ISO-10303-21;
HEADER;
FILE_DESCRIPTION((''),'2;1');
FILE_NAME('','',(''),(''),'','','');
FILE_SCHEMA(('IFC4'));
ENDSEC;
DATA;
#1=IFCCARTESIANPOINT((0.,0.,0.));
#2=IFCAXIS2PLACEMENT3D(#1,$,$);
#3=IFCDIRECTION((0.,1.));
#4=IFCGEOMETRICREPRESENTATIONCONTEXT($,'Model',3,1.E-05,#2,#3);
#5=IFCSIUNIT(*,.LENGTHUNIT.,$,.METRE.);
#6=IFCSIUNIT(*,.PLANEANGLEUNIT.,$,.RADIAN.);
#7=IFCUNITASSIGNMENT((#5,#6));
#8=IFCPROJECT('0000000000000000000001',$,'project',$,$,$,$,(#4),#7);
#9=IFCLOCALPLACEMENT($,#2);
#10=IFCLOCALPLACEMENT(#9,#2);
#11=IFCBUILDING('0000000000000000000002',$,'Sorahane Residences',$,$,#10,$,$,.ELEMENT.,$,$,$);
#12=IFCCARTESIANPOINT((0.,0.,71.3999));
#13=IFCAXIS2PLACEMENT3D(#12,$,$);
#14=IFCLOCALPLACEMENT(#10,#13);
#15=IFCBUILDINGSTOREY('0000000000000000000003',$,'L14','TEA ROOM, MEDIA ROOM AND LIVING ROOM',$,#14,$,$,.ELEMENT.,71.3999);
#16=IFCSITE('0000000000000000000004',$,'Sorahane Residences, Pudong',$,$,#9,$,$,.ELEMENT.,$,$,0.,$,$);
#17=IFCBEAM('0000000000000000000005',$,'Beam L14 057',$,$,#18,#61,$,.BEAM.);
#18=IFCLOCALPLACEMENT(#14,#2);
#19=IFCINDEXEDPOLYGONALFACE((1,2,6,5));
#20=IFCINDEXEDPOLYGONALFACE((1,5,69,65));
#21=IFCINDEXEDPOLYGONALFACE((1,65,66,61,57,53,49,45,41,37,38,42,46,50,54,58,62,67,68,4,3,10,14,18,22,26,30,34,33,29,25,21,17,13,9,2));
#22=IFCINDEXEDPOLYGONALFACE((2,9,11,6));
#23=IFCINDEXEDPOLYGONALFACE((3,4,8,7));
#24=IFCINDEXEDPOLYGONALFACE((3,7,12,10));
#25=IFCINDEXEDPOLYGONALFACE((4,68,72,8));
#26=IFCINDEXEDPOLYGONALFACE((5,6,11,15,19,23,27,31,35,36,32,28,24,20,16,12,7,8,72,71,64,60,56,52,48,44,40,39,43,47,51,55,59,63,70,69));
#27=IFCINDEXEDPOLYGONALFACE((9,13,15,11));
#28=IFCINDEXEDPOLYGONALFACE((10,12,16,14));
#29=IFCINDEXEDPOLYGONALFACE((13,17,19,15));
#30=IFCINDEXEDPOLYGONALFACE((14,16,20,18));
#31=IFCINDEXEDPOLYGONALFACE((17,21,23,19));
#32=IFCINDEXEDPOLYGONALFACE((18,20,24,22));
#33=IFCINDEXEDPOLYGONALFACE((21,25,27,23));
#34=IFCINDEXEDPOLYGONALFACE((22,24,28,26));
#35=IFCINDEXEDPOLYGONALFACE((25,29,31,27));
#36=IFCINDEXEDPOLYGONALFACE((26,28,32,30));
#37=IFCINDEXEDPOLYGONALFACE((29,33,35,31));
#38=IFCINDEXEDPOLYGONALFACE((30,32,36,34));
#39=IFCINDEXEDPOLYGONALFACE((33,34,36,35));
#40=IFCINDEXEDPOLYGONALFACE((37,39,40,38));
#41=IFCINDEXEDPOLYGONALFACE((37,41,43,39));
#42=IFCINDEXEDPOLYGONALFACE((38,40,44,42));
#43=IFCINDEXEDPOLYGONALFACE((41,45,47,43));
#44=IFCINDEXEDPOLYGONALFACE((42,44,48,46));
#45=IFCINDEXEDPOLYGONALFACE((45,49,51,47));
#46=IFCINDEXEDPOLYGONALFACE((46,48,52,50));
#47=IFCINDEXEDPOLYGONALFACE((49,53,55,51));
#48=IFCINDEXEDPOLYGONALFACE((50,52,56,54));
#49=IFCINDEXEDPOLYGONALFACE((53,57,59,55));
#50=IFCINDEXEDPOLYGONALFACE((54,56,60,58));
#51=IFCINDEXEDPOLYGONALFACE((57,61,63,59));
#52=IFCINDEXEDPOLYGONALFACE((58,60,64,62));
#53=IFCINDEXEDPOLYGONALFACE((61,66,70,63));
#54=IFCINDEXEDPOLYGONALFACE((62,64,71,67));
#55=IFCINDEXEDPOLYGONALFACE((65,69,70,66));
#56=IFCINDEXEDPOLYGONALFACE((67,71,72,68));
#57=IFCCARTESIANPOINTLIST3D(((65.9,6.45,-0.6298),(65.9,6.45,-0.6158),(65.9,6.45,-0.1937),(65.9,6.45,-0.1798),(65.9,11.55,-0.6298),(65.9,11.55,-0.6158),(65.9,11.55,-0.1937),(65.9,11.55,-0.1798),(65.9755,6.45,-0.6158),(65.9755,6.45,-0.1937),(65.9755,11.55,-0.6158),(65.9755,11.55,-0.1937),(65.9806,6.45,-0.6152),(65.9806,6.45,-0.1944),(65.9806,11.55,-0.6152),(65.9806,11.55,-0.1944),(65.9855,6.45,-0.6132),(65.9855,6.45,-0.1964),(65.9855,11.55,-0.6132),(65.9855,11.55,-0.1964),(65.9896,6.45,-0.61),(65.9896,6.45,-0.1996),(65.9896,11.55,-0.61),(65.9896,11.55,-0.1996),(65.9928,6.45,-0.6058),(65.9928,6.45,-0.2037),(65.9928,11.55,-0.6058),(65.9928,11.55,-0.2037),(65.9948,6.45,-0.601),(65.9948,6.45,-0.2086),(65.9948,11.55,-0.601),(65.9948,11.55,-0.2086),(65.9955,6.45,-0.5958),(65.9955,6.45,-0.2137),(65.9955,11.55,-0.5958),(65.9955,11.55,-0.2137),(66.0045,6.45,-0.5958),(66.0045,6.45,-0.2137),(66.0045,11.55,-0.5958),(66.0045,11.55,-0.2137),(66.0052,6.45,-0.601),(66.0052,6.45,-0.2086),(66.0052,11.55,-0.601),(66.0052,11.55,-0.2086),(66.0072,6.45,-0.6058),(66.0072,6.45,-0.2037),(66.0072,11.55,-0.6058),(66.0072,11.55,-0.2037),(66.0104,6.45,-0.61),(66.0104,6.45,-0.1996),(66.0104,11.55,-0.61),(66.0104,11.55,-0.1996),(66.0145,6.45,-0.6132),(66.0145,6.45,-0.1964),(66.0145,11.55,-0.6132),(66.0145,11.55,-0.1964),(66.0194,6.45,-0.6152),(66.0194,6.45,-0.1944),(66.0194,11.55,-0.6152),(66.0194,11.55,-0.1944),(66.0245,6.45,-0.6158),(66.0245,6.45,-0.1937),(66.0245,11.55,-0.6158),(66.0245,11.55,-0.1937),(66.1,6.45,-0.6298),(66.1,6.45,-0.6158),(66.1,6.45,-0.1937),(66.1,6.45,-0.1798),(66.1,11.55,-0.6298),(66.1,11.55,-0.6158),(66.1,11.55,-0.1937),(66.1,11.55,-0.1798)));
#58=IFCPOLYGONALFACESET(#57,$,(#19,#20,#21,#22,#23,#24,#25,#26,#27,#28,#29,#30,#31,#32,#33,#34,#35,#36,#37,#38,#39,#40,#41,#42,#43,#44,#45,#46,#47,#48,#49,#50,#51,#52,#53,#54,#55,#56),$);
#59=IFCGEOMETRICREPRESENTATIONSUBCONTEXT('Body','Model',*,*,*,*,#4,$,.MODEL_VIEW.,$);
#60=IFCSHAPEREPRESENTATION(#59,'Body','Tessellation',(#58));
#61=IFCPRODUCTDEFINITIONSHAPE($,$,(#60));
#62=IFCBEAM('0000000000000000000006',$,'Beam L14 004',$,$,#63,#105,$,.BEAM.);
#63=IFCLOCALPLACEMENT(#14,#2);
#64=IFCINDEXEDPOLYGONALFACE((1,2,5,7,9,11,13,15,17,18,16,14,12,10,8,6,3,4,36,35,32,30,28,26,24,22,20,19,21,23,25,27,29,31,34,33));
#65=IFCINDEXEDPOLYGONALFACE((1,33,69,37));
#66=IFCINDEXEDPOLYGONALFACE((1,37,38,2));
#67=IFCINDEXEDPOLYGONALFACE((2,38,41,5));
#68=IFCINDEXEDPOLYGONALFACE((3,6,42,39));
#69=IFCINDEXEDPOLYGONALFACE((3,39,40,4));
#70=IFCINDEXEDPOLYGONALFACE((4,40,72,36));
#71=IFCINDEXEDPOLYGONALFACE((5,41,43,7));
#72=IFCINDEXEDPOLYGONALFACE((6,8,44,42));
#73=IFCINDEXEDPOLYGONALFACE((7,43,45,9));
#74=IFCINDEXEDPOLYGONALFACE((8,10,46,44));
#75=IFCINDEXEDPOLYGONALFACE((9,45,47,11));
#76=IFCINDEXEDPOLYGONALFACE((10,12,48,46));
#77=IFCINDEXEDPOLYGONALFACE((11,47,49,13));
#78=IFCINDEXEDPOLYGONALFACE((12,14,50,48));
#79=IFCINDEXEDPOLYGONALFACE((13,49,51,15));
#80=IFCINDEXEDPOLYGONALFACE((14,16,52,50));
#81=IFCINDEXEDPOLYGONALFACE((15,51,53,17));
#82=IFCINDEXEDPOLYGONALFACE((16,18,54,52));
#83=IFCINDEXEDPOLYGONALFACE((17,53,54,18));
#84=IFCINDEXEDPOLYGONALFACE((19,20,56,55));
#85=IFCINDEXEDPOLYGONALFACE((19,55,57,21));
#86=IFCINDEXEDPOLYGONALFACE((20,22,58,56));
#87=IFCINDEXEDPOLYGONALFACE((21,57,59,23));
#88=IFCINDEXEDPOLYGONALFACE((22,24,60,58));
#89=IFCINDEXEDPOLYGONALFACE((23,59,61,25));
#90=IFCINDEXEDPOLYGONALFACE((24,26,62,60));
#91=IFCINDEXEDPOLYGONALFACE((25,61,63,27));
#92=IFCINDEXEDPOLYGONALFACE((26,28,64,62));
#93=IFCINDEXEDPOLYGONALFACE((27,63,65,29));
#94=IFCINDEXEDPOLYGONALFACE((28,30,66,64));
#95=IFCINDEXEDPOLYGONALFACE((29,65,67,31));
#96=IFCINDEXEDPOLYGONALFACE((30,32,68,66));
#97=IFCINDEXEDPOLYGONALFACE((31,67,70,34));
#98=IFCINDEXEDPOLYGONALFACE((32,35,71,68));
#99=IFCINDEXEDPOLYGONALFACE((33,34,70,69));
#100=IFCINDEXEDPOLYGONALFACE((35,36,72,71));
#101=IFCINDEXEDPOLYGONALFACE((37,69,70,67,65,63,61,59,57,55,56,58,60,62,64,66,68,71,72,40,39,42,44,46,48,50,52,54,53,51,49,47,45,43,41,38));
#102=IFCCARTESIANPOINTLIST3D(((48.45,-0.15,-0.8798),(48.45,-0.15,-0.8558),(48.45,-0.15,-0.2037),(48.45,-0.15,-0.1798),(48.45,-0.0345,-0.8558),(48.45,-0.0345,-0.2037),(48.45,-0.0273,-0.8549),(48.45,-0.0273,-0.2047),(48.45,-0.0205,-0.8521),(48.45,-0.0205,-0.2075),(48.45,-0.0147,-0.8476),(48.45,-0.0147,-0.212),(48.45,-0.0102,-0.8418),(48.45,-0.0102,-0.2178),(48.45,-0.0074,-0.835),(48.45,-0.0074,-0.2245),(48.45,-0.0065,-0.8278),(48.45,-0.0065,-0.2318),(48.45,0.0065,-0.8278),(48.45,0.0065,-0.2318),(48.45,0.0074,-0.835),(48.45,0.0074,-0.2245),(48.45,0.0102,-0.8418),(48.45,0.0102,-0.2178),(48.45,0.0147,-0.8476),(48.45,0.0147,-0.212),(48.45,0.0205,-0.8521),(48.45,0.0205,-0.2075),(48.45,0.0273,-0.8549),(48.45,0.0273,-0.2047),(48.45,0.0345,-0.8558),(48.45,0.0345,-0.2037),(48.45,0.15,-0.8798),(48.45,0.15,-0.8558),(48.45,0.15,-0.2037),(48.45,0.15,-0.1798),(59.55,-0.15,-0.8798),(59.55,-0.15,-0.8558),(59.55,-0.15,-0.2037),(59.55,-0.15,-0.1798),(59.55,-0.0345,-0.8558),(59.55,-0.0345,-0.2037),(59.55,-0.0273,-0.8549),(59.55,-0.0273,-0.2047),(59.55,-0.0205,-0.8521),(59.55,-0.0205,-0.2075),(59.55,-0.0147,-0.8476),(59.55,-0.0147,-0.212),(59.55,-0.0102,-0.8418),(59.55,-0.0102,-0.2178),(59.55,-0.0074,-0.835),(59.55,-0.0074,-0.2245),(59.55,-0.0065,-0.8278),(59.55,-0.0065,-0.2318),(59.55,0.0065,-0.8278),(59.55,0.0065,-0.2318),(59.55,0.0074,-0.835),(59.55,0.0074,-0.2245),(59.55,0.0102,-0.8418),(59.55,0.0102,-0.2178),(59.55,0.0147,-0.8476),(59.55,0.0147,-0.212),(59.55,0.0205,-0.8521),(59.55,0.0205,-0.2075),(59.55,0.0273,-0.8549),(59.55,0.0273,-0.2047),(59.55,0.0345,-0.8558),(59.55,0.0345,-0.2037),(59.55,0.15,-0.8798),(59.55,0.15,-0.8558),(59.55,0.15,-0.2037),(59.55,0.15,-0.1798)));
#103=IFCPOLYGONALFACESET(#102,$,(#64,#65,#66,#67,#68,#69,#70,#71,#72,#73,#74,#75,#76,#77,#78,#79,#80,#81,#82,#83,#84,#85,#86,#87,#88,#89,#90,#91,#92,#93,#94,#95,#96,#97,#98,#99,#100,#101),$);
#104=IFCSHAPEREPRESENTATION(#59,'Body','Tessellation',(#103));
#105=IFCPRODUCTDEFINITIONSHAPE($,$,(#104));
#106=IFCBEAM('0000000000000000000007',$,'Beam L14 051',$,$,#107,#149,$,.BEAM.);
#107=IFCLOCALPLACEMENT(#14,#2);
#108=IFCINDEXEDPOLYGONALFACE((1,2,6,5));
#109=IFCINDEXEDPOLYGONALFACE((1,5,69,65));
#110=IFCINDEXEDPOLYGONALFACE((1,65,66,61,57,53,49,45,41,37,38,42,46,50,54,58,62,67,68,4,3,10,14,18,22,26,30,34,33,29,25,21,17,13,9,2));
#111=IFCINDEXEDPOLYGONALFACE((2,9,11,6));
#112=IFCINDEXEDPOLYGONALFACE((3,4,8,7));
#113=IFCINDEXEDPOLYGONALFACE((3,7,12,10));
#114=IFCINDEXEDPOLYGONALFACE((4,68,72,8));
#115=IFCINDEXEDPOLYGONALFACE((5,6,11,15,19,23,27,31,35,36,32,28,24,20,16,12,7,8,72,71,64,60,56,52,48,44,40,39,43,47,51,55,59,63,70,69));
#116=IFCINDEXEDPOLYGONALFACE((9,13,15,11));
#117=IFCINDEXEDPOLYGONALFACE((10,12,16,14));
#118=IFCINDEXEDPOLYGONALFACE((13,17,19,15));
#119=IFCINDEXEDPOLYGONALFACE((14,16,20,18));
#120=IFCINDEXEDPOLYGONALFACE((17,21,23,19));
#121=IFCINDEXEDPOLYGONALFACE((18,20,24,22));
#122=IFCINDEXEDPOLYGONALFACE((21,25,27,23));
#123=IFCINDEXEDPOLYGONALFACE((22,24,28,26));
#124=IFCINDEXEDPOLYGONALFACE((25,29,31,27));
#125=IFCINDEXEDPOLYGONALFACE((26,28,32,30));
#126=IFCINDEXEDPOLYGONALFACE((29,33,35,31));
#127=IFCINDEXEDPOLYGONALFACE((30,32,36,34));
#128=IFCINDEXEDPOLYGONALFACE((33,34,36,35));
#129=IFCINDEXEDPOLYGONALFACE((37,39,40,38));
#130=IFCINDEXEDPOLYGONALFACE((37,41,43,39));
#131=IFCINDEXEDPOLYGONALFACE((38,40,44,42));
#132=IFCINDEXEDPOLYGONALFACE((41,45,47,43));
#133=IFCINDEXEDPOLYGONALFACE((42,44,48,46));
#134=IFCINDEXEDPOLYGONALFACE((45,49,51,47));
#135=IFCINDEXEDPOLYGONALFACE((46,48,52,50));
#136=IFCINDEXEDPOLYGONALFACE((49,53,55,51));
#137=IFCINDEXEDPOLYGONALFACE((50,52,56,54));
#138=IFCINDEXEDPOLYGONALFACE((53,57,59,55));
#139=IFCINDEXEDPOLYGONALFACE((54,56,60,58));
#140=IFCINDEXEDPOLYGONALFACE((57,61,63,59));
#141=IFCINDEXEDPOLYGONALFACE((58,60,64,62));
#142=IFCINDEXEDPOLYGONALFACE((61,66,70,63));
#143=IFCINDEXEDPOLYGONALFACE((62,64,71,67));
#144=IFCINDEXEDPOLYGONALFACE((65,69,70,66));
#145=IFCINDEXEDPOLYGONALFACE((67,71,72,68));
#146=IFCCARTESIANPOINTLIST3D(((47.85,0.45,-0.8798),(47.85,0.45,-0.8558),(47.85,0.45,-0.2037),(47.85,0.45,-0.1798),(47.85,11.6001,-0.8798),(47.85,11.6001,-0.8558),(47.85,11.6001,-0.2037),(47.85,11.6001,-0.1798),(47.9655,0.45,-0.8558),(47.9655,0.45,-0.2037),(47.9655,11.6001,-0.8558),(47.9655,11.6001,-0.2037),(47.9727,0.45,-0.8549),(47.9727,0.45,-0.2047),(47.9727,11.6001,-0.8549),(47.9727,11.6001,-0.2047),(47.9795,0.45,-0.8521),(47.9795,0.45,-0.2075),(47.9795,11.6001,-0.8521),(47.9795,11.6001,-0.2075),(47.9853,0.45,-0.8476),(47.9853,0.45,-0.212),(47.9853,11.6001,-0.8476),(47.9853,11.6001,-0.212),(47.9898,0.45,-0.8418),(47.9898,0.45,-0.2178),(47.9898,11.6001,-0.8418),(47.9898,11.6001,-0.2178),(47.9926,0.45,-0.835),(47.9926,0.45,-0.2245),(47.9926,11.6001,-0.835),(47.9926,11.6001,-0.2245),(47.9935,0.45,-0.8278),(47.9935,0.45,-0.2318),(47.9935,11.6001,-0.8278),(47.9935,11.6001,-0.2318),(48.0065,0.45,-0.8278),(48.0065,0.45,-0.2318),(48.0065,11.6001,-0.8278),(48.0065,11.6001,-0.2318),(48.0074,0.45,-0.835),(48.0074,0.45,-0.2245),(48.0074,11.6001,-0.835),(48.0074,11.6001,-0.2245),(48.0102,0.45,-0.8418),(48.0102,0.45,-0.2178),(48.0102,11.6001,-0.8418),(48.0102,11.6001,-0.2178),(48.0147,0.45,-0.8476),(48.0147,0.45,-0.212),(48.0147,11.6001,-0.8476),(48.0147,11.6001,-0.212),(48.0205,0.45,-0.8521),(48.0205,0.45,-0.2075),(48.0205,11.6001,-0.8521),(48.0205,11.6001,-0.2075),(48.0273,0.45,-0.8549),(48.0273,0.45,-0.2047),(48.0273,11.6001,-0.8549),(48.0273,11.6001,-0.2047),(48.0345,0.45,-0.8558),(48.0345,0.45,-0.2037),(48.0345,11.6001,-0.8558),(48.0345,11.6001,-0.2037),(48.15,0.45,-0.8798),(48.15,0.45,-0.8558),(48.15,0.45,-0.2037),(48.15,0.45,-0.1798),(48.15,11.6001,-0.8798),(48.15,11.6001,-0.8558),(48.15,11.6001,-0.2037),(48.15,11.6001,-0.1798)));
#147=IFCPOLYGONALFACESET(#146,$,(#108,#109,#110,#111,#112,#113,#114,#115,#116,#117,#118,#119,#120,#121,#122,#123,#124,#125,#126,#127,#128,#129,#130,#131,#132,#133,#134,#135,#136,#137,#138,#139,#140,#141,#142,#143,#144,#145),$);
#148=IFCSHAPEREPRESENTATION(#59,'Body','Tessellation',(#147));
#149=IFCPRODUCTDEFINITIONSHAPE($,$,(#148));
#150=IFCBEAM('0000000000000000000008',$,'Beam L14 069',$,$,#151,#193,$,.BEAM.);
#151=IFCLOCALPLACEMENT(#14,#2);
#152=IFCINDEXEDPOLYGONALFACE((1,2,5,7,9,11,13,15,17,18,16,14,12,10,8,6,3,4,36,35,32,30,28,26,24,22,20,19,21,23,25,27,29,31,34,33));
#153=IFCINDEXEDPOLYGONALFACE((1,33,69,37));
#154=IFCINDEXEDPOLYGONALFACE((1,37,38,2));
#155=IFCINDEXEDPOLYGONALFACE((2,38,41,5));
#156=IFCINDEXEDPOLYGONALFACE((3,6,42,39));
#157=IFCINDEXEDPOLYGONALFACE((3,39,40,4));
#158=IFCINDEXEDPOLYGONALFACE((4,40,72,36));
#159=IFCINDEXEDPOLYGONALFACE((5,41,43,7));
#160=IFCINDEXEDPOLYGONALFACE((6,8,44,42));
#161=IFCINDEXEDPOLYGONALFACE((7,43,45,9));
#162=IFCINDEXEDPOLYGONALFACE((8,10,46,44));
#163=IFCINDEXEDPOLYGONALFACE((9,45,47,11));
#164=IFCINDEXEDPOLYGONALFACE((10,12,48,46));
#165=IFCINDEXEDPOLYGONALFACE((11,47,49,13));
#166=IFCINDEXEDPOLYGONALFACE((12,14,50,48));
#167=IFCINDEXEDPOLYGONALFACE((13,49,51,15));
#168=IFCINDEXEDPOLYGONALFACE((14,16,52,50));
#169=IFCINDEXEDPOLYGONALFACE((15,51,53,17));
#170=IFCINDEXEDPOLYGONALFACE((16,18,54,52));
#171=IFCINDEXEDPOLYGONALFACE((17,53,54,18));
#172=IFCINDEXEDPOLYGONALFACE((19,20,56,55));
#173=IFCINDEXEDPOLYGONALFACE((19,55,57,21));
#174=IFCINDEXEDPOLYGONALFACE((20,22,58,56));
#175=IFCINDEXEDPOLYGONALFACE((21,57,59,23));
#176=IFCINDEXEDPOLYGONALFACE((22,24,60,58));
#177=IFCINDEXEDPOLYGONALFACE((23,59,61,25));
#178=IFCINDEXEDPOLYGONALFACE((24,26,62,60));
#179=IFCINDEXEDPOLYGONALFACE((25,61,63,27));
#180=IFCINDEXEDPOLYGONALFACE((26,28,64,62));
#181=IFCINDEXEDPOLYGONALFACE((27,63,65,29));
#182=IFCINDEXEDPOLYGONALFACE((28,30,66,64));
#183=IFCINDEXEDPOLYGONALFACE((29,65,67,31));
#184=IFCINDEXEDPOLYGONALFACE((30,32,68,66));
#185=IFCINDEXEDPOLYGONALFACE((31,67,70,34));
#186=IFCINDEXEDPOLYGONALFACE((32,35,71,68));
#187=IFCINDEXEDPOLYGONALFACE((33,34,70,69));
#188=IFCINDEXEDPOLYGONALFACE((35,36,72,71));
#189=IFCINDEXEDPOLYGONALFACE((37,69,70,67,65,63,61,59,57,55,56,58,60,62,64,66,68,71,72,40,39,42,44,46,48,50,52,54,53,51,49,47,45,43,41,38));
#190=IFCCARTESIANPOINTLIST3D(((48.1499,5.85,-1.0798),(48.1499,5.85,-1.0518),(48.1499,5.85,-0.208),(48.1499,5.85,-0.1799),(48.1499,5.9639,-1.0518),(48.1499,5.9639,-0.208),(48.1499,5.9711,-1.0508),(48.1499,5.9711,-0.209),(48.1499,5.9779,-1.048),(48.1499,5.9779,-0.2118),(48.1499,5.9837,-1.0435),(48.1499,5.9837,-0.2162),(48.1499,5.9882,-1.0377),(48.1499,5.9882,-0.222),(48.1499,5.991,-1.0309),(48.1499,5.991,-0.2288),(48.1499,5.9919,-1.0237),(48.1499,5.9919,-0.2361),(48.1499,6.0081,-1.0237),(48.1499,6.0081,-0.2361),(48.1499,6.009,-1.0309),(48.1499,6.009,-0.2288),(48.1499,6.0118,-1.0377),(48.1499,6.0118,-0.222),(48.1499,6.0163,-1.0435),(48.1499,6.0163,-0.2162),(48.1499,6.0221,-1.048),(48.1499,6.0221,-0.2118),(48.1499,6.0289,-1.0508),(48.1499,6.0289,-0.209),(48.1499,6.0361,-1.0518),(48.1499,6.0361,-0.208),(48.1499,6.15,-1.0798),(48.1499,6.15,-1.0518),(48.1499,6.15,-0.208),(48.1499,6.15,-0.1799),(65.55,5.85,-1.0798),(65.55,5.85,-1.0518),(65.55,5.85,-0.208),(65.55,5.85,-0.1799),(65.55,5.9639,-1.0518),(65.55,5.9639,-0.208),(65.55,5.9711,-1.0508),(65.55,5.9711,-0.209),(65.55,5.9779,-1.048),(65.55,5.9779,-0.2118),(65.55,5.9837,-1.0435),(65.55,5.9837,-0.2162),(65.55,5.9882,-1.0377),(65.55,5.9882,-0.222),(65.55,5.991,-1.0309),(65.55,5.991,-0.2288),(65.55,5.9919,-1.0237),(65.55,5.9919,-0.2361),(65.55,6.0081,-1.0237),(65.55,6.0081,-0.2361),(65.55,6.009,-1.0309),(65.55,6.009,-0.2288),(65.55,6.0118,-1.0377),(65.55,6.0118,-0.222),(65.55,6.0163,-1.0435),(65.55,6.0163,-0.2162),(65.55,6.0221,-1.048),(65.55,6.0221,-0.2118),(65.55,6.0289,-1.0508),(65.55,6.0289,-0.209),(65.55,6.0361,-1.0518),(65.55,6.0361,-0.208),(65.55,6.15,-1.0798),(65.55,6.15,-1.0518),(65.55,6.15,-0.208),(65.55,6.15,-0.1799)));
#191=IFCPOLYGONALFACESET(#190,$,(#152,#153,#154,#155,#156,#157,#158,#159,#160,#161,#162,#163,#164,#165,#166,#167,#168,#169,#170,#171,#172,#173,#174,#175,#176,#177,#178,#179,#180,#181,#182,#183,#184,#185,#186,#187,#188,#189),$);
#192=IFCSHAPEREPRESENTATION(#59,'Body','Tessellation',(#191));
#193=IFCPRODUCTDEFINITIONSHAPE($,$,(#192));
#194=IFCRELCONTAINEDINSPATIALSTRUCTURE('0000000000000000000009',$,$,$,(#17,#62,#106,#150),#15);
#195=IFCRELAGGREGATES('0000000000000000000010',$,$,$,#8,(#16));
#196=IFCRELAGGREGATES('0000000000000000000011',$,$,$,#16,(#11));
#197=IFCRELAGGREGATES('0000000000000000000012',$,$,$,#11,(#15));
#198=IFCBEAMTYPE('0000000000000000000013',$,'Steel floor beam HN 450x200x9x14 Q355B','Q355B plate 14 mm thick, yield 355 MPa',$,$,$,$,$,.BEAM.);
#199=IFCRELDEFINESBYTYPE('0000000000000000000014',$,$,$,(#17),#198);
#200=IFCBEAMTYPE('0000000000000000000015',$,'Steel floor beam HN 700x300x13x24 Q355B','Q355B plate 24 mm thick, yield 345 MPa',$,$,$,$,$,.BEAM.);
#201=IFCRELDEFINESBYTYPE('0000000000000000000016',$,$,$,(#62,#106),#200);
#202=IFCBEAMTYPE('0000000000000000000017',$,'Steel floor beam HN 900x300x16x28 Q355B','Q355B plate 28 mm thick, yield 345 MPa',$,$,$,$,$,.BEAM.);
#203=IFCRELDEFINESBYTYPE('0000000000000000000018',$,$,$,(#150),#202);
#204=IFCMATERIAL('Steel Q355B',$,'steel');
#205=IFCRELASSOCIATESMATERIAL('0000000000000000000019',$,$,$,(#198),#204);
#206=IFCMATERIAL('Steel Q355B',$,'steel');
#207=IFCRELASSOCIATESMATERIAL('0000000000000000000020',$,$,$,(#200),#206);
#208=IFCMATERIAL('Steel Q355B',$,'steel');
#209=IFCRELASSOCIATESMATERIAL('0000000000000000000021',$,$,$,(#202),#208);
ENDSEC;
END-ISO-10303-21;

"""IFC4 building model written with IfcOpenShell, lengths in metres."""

from ifc_helpers import new_model, si_unit, direction, frame, origin, origin_2d, place, context, subcontext, project, spatial, i_section, extrude, material, material_profile, profile_set, type_object, element, save


model = new_model("IFC4")

# Units and contexts
model_context = context("Model", 3, precision=1e-05, world=origin(), true_north=direction((0.0, 1.0)))
body_context = subcontext(model_context, "Body", "Model", "MODEL_VIEW")
ifc_project = project(units=[si_unit("LENGTHUNIT", "METRE"), si_unit("PLANEANGLEUNIT", "RADIAN")], contexts=[model_context])

# Site, building, storey
site_placement = place(None, origin())
site = spatial("IfcSite", under=ifc_project, at=site_placement, Name="Sorahane Residences, Pudong", CompositionType="ELEMENT", RefElevation=0.0)
building_placement = place(site_placement, origin())
building = spatial("IfcBuilding", under=site, at=building_placement, Name="Sorahane Residences", CompositionType="ELEMENT")
storey_placement = place(building_placement, frame((0.0, 0.0, 71.3999)))
storey = spatial("IfcBuildingStorey", under=building, at=storey_placement, Name="L14", Description="TEA ROOM, MEDIA ROOM AND LIVING ROOM", CompositionType="ELEMENT", Elevation=71.3999)

# Beams
ifc_material_1 = material(Name="Steel Q355B", Category="steel")
ifc_material_profile_1 = material_profile(ifc_material_1, i_section(OverallWidth=0.2, OverallDepth=0.45, WebThickness=0.009, FlangeThickness=0.0139, FilletRadius=0.02, at=origin_2d()), Name="HN 450x200x9x14")
ifc_profile_set_1 = profile_set([ifc_material_profile_1], Name="Steel Q355B")
beam_type_1 = type_object("IfcBeamType", Name="Steel floor beam HN 450x200x9x14 Q355B", Description="Q355B plate 14 mm thick, yield 355 MPa", PredefinedType="BEAM", material=ifc_profile_set_1)
beam_1_placement = place(storey_placement, frame((66.0, 6.45, -0.4048), z_axis=(0.0, 1.0, 0.0), x_axis=(-1.0, 0.0, 0.0)))
element("IfcBeam", 1, at=beam_1_placement, inside=storey, type_object=beam_type_1, Name="Beam L14 057", PredefinedType="BEAM", context=body_context, shape_type="SweptSolid", body=[
    extrude(i_section(OverallWidth=0.2, OverallDepth=0.45, WebThickness=0.009, FlangeThickness=0.0139, FilletRadius=0.02, at=origin_2d()), origin(), (0.0, 0.0, 1.0), 5.1001),
])
ifc_material_2 = material(Name="Steel Q355B", Category="steel")
ifc_material_profile_2 = material_profile(ifc_material_2, i_section(OverallWidth=0.3, OverallDepth=0.7, WebThickness=0.0129, FlangeThickness=0.0239, FilletRadius=0.0281, at=origin_2d()), Name="HN 700x300x13x24")
ifc_profile_set_2 = profile_set([ifc_material_profile_2], Name="Steel Q355B")
beam_type_2 = type_object("IfcBeamType", Name="Steel floor beam HN 700x300x13x24 Q355B", Description="Q355B plate 24 mm thick, yield 345 MPa", PredefinedType="BEAM", material=ifc_profile_set_2)
beam_2_placement = place(storey_placement, frame((48.45, 0.0, -0.5298), z_axis=(1.0, 0.0, 0.0), x_axis=(0.0, 1.0, 0.0)))
element("IfcBeam", 2, at=beam_2_placement, inside=storey, type_object=beam_type_2, Name="Beam L14 004", PredefinedType="BEAM", context=body_context, shape_type="SweptSolid", body=[
    extrude(i_section(OverallWidth=0.3, OverallDepth=0.7, WebThickness=0.0129, FlangeThickness=0.0239, FilletRadius=0.0281, at=origin_2d()), origin(), (0.0, 0.0, 1.0), 11.1001),
])
beam_3_placement = place(storey_placement, frame((48.0, 0.45, -0.5298), z_axis=(0.0, 1.0, 0.0), x_axis=(-1.0, 0.0, 0.0)))
element("IfcBeam", 3, at=beam_3_placement, inside=storey, type_object=beam_type_2, Name="Beam L14 051", PredefinedType="BEAM", context=body_context, shape_type="SweptSolid", body=[
    extrude(i_section(OverallWidth=0.3, OverallDepth=0.7, WebThickness=0.0129, FlangeThickness=0.0239, FilletRadius=0.0281, at=origin_2d()), origin(), (0.0, 0.0, 1.0), 11.1501),
])
ifc_material_3 = material(Name="Steel Q355B", Category="steel")
ifc_material_profile_3 = material_profile(ifc_material_3, i_section(OverallWidth=0.3, OverallDepth=0.8999, WebThickness=0.0161, FlangeThickness=0.0281, FilletRadius=0.0281, at=origin_2d()), Name="HN 900x300x16x28")
ifc_profile_set_3 = profile_set([ifc_material_profile_3], Name="Steel Q355B")
beam_type_3 = type_object("IfcBeamType", Name="Steel floor beam HN 900x300x16x28 Q355B", Description="Q355B plate 28 mm thick, yield 345 MPa", PredefinedType="BEAM", material=ifc_profile_set_3)
beam_4_placement = place(storey_placement, frame((48.1499, 6.0, -0.6299), z_axis=(1.0, 0.0, 0.0), x_axis=(0.0, 1.0, 0.0)))
element("IfcBeam", 4, at=beam_4_placement, inside=storey, type_object=beam_type_3, Name="Beam L14 069", PredefinedType="BEAM", context=body_context, shape_type="SweptSolid", body=[
    extrude(i_section(OverallWidth=0.3, OverallDepth=0.8999, WebThickness=0.0161, FlangeThickness=0.0281, FilletRadius=0.0281, at=origin_2d()), origin(), (0.0, 0.0, 1.0), 17.4001),
])

save(model, "model.ifc")
